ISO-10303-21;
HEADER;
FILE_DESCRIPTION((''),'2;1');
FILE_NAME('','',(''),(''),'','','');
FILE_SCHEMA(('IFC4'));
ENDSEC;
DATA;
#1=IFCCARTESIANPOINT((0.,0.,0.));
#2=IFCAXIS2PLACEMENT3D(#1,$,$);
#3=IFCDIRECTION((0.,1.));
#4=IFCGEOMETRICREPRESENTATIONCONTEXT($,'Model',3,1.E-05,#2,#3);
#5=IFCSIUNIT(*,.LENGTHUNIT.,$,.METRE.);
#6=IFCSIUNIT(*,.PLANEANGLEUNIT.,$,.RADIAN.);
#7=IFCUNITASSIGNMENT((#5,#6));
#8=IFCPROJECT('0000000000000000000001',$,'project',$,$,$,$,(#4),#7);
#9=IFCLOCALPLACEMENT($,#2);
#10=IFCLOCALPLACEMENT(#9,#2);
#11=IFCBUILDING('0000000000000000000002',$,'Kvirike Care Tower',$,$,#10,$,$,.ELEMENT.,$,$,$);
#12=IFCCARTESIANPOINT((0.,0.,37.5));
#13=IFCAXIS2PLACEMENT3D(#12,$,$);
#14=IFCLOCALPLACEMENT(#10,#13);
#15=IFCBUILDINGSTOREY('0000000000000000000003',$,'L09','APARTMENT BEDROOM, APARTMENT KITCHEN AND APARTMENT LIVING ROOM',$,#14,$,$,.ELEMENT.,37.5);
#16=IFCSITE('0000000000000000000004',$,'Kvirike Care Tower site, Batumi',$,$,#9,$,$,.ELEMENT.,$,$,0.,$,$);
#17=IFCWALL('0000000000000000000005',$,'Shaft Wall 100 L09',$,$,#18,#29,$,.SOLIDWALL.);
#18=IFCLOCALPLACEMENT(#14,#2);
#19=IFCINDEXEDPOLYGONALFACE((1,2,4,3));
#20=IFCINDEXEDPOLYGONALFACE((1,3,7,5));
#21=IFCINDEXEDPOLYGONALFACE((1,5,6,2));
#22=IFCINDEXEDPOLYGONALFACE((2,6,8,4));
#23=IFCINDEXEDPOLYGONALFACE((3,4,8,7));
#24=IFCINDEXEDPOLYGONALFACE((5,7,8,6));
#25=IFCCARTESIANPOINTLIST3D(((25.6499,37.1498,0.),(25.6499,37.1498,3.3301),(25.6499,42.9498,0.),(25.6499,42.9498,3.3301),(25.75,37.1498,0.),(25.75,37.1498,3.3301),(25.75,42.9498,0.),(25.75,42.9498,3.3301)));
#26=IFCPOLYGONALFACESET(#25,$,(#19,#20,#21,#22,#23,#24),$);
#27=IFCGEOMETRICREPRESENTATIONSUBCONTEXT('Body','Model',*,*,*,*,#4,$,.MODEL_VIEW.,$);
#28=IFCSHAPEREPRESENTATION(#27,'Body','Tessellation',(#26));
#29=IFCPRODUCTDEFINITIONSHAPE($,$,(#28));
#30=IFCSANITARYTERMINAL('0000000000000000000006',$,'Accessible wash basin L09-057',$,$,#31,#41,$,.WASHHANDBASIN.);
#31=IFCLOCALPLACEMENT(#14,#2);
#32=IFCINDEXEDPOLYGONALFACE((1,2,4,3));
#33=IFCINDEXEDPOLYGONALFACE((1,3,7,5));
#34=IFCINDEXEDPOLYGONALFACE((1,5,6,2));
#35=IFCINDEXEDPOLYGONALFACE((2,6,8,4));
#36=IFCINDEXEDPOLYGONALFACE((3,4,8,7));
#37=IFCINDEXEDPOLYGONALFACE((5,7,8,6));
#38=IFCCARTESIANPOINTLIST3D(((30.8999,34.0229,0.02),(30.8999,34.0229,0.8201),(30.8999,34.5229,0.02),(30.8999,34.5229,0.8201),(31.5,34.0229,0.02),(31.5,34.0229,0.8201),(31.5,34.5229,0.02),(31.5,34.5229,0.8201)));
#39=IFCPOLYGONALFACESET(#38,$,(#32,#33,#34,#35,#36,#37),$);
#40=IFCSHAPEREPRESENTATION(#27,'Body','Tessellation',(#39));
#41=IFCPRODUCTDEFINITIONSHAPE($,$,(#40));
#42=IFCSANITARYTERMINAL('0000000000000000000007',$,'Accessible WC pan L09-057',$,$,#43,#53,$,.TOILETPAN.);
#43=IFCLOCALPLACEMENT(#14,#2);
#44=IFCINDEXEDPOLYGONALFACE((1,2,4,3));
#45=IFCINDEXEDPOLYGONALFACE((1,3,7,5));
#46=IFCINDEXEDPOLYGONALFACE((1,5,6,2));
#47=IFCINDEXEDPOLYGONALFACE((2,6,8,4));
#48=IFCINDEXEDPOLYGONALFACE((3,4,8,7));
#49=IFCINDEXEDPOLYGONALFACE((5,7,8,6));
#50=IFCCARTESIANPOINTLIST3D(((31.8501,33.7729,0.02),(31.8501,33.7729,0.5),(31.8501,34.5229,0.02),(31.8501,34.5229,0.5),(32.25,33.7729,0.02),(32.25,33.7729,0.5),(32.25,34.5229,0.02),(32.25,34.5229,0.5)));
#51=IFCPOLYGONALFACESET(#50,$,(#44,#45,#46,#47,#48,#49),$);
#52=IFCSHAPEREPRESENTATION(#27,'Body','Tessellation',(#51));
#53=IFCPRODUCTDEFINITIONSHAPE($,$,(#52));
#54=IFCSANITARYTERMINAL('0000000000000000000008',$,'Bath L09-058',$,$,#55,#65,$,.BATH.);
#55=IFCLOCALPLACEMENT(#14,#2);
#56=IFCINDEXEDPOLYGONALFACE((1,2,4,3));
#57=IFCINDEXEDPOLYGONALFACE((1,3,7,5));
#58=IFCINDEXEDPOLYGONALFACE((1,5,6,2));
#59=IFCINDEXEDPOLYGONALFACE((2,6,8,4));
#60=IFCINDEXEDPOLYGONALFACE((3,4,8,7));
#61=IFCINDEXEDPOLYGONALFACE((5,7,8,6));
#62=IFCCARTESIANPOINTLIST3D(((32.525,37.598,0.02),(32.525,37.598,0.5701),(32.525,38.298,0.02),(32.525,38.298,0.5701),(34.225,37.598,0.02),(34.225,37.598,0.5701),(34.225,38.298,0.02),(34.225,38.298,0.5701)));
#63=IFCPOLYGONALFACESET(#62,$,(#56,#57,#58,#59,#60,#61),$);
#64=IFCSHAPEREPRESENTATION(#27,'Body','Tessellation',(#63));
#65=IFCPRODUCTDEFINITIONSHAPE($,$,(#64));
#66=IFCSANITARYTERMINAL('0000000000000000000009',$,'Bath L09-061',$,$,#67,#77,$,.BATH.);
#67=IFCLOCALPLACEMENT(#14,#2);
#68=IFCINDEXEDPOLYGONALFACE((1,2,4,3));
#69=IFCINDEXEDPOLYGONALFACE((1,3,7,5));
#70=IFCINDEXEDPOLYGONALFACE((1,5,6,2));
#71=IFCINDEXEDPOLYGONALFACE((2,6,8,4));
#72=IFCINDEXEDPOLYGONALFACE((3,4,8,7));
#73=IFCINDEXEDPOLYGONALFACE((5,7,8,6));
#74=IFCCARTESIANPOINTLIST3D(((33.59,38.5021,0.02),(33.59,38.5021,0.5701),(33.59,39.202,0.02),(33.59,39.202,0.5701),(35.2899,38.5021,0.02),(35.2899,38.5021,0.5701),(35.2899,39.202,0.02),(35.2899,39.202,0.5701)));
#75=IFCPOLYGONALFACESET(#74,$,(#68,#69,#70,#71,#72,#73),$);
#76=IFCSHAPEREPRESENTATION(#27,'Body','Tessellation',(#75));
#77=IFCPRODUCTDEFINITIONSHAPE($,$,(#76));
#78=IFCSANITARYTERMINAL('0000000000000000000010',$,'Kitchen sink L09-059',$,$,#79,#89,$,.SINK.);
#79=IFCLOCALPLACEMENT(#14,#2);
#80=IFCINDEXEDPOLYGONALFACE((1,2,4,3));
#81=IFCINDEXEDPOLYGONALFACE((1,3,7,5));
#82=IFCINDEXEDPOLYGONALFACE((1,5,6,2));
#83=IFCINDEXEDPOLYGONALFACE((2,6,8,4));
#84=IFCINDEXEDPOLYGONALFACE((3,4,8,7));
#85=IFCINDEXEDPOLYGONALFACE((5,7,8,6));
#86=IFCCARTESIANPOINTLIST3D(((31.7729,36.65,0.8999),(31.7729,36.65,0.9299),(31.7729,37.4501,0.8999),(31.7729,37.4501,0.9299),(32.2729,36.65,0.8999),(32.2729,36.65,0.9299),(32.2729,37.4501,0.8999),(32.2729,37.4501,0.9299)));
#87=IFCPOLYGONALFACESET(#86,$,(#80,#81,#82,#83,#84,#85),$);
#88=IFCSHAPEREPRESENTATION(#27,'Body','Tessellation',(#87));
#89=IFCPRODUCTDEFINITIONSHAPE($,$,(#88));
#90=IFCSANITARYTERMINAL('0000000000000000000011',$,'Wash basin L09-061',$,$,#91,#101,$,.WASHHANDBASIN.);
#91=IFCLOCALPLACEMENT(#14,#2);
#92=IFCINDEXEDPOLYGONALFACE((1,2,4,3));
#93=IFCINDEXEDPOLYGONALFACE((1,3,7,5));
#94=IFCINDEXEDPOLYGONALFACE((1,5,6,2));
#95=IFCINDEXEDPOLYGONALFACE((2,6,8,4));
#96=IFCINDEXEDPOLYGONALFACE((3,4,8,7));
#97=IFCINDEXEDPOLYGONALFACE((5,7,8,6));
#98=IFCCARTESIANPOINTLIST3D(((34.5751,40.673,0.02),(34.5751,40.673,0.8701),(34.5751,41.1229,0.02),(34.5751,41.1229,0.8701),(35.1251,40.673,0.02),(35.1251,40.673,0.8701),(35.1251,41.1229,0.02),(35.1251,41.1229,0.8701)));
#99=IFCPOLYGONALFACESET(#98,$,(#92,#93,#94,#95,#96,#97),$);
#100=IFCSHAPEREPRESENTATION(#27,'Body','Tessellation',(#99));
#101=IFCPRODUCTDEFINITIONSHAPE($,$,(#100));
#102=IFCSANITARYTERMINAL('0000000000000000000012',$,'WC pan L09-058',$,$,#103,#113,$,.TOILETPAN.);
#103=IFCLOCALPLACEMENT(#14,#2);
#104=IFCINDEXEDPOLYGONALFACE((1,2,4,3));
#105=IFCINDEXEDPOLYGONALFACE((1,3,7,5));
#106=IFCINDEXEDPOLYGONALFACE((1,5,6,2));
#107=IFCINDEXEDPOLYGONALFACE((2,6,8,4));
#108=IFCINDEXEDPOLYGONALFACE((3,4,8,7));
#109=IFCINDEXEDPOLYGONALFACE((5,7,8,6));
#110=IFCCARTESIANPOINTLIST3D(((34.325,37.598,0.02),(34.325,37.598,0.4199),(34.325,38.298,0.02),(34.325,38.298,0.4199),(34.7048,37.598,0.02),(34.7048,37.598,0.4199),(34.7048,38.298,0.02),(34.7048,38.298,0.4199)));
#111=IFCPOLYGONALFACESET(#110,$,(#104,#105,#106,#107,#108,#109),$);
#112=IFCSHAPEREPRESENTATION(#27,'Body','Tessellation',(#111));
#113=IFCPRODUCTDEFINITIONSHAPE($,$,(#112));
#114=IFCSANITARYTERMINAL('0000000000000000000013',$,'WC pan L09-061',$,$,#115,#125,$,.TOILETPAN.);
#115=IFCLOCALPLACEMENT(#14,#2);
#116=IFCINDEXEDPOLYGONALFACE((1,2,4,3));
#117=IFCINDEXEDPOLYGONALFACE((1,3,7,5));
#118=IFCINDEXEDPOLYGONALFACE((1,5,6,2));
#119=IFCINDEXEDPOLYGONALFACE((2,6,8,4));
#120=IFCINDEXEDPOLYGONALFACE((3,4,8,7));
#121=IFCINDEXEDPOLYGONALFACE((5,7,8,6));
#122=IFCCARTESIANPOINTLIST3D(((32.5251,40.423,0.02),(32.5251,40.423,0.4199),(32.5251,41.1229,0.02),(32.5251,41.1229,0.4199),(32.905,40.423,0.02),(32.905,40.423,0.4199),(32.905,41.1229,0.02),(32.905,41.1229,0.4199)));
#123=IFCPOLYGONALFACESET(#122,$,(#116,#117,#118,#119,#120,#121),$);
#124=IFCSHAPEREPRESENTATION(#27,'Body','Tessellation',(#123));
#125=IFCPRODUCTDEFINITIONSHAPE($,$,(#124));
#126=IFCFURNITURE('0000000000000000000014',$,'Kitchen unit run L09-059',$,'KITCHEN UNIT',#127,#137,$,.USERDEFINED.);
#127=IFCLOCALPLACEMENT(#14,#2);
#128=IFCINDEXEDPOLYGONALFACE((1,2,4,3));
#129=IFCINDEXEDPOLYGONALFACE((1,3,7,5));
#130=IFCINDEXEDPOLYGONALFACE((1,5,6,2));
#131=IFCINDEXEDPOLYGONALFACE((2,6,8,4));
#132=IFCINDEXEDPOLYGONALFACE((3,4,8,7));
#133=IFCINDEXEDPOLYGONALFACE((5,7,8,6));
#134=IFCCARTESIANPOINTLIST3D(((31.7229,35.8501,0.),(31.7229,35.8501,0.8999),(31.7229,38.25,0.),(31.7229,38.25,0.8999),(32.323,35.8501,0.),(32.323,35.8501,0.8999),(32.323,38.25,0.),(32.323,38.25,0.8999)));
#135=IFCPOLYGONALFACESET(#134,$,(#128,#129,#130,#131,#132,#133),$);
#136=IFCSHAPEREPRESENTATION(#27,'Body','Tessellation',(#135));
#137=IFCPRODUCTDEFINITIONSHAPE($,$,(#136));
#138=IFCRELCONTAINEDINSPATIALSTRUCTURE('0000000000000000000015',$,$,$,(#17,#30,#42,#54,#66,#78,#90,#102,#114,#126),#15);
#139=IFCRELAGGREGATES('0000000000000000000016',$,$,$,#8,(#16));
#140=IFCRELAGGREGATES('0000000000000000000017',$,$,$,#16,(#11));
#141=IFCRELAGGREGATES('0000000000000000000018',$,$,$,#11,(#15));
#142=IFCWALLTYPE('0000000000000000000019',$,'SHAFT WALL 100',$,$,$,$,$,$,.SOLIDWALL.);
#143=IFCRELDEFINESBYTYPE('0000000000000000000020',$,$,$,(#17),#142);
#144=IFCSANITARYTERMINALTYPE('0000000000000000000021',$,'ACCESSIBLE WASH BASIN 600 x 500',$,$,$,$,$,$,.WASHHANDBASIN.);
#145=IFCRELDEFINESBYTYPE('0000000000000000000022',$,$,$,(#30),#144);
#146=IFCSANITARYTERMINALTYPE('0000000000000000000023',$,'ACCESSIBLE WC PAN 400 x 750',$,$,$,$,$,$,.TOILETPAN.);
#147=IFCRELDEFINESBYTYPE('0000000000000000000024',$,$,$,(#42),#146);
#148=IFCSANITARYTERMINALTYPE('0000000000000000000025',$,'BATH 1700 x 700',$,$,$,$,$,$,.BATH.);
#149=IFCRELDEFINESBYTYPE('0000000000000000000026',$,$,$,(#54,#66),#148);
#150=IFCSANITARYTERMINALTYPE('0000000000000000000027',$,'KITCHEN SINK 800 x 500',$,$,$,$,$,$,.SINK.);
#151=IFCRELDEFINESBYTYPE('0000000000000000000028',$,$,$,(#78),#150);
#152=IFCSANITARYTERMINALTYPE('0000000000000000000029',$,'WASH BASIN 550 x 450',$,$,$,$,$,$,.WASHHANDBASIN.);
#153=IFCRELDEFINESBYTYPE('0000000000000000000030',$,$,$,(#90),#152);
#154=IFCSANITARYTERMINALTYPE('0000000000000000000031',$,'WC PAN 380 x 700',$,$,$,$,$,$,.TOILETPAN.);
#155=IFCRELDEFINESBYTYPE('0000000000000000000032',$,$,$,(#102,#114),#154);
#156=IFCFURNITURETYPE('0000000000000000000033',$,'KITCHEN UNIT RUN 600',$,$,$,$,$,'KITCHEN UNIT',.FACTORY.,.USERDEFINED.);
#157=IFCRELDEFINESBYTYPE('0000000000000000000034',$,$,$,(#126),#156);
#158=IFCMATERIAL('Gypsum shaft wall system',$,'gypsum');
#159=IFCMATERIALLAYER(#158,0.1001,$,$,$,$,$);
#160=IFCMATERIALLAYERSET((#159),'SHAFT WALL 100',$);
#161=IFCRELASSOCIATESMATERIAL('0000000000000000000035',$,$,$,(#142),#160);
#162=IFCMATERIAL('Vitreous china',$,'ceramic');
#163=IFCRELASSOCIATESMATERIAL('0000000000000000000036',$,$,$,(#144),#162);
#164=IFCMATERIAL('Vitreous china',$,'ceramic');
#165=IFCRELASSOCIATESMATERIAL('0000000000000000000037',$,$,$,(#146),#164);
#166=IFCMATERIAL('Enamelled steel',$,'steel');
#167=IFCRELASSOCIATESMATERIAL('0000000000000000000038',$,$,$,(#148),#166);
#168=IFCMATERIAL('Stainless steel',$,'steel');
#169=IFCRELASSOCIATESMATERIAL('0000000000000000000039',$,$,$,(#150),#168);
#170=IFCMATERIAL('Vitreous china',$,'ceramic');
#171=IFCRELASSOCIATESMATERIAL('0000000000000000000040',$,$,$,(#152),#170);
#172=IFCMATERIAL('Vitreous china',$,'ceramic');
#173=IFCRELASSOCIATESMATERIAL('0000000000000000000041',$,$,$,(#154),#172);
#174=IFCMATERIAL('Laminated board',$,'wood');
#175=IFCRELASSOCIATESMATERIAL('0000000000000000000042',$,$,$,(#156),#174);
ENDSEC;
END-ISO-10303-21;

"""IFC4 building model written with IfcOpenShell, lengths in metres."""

from ifc_helpers import new_model, si_unit, direction, frame, frame_2d, origin, origin_2d, place, context, subcontext, project, spatial, rectangle, extrude, material, layer, layer_set, type_object, element, save


model = new_model("IFC4")

# Units and contexts
model_context = context("Model", 3, precision=1e-05, world=origin(), true_north=direction((0.0, 1.0)))
body_context = subcontext(model_context, "Body", "Model", "MODEL_VIEW")
ifc_project = project(units=[si_unit("LENGTHUNIT", "METRE"), si_unit("PLANEANGLEUNIT", "RADIAN")], contexts=[model_context])

# Site, building, storey
site_placement = place(None, origin())
site = spatial("IfcSite", under=ifc_project, at=site_placement, Name="Kvirike Care Tower site, Batumi", CompositionType="ELEMENT", RefElevation=0.0)
building_placement = place(site_placement, origin())
building = spatial("IfcBuilding", under=site, at=building_placement, Name="Kvirike Care Tower", CompositionType="ELEMENT")
storey_placement = place(building_placement, frame((0.0, 0.0, 37.5)))
storey = spatial("IfcBuildingStorey", under=building, at=storey_placement, Name="L09", Description="APARTMENT BEDROOM, APARTMENT KITCHEN AND APARTMENT LIVING ROOM", CompositionType="ELEMENT", Elevation=37.5)

# Shared definitions
ifc_material_1 = material(Name="Gypsum shaft wall system", Category="gypsum")
ifc_layer_1 = layer(ifc_material_1, 0.1001)
ifc_layer_set_1 = layer_set([ifc_layer_1], Name="SHAFT WALL 100")
wall_type_1 = type_object("IfcWallType", Name="SHAFT WALL 100", PredefinedType="SOLIDWALL", material=ifc_layer_set_1)

# Wall
wall_1_placement = place(storey_placement, frame((25.7, 37.1499, 0.0), z_axis=(0.0, 0.0, 1.0), x_axis=(0.0, 1.0, 0.0)))
element("IfcWall", 1, at=wall_1_placement, inside=storey, type_object=wall_type_1, Name="Shaft Wall 100 L09", PredefinedType="SOLIDWALL", context=body_context, shape_type="SweptSolid", body=[
    extrude(rectangle(XDim=5.8, YDim=0.1001, at=frame_2d((2.8999, 0.0))), origin(), (0.0, 0.0, 1.0), 3.3301),
])

# Sanitary terminals
ifc_material_2 = material(Name="Vitreous china", Category="ceramic")
sanitary_terminal_type_1 = type_object("IfcSanitaryTerminalType", Name="ACCESSIBLE WASH BASIN 600 x 500", PredefinedType="WASHHANDBASIN", material=ifc_material_2)
sanitary_terminal_1_placement = place(storey_placement, frame((31.2, 34.2729, 0.02), z_axis=(0.0, 0.0, 1.0), x_axis=(1.0, 0.0, 0.0)))
element("IfcSanitaryTerminal", 2, at=sanitary_terminal_1_placement, inside=storey, type_object=sanitary_terminal_type_1, Name="Accessible wash basin L09-057", PredefinedType="WASHHANDBASIN", context=body_context, shape_type="SweptSolid", body=[
    extrude(rectangle(XDim=0.6001, YDim=0.5, at=origin_2d()), origin(), (0.0, 0.0, 1.0), 0.8),
])
ifc_material_3 = material(Name="Vitreous china", Category="ceramic")
sanitary_terminal_type_2 = type_object("IfcSanitaryTerminalType", Name="ACCESSIBLE WC PAN 400 x 750", PredefinedType="TOILETPAN", material=ifc_material_3)
sanitary_terminal_2_placement = place(storey_placement, frame((32.05, 34.1479, 0.02), z_axis=(0.0, 0.0, 1.0), x_axis=(1.0, 0.0, 0.0)))
element("IfcSanitaryTerminal", 3, at=sanitary_terminal_2_placement, inside=storey, type_object=sanitary_terminal_type_2, Name="Accessible WC pan L09-057", PredefinedType="TOILETPAN", context=body_context, shape_type="SweptSolid", body=[
    extrude(rectangle(XDim=0.3999, YDim=0.75, at=origin_2d()), origin(), (0.0, 0.0, 1.0), 0.48),
])
ifc_material_4 = material(Name="Enamelled steel", Category="steel")
sanitary_terminal_type_3 = type_object("IfcSanitaryTerminalType", Name="BATH 1700 x 700", PredefinedType="BATH", material=ifc_material_4)
for number, where, z_axis, x_axis, name in (
    (4, (33.375, 37.948, 0.02), (0.0, 0.0, 1.0), (1.0, 0.0, 0.0), "Bath L09-058"),
    (5, (34.4399, 38.8521, 0.02), (0.0, 0.0, 1.0), (-1.0, 0.0, 0.0), "Bath L09-061"),
):
    element("IfcSanitaryTerminal", number, at=place(storey_placement, frame(where, z_axis=z_axis, x_axis=x_axis)), inside=storey, type_object=sanitary_terminal_type_3, Name=name, PredefinedType="BATH", context=body_context, shape_type="SweptSolid", body=[
        extrude(rectangle(XDim=1.7, YDim=0.7, at=origin_2d()), origin(), (0.0, 0.0, 1.0), 0.55),
    ])
ifc_material_5 = material(Name="Stainless steel", Category="steel")
sanitary_terminal_type_4 = type_object("IfcSanitaryTerminalType", Name="KITCHEN SINK 800 x 500", PredefinedType="SINK", material=ifc_material_5)
sanitary_terminal_3_placement = place(storey_placement, frame((32.0229, 37.05, 0.8999), z_axis=(0.0, 0.0, 1.0), x_axis=(0.0, -1.0, 0.0)))
element("IfcSanitaryTerminal", 6, at=sanitary_terminal_3_placement, inside=storey, type_object=sanitary_terminal_type_4, Name="Kitchen sink L09-059", PredefinedType="SINK", context=body_context, shape_type="SweptSolid", body=[
    extrude(rectangle(XDim=0.8, YDim=0.5, at=origin_2d()), origin(), (0.0, 0.0, 1.0), 0.03),
])
ifc_material_6 = material(Name="Vitreous china", Category="ceramic")
sanitary_terminal_type_5 = type_object("IfcSanitaryTerminalType", Name="WASH BASIN 550 x 450", PredefinedType="WASHHANDBASIN", material=ifc_material_6)
sanitary_terminal_4_placement = place(storey_placement, frame((34.8501, 40.8979, 0.02), z_axis=(0.0, 0.0, 1.0), x_axis=(1.0, 0.0, 0.0)))
element("IfcSanitaryTerminal", 7, at=sanitary_terminal_4_placement, inside=storey, type_object=sanitary_terminal_type_5, Name="Wash basin L09-061", PredefinedType="WASHHANDBASIN", context=body_context, shape_type="SweptSolid", body=[
    extrude(rectangle(XDim=0.55, YDim=0.45, at=origin_2d()), origin(), (0.0, 0.0, 1.0), 0.8501),
])
ifc_material_7 = material(Name="Vitreous china", Category="ceramic")
sanitary_terminal_type_6 = type_object("IfcSanitaryTerminalType", Name="WC PAN 380 x 700", PredefinedType="TOILETPAN", material=ifc_material_7)
for number, where, z_axis, x_axis, name in (
    (8, (34.5149, 37.948, 0.02), (0.0, 0.0, 1.0), (1.0, 0.0, 0.0), "WC pan L09-058"),
    (9, (32.7151, 40.7729, 0.02), (0.0, 0.0, 1.0), (1.0, 0.0, 0.0), "WC pan L09-061"),
):
    element("IfcSanitaryTerminal", number, at=place(storey_placement, frame(where, z_axis=z_axis, x_axis=x_axis)), inside=storey, type_object=sanitary_terminal_type_6, Name=name, PredefinedType="TOILETPAN", context=body_context, shape_type="SweptSolid", body=[
        extrude(rectangle(XDim=0.3799, YDim=0.7, at=origin_2d()), origin(), (0.0, 0.0, 1.0), 0.3999),
    ])

# Furniture
ifc_material_8 = material(Name="Laminated board", Category="wood")
furniture_type = type_object("IfcFurnitureType", Name="KITCHEN UNIT RUN 600", ElementType="KITCHEN UNIT", AssemblyPlace="FACTORY", PredefinedType="USERDEFINED", material=ifc_material_8)
furniture_placement = place(storey_placement, frame((32.0229, 37.05, 0.0), z_axis=(0.0, 0.0, 1.0), x_axis=(0.0, -1.0, 0.0)))
element("IfcFurniture", 10, at=furniture_placement, inside=storey, type_object=furniture_type, Name="Kitchen unit run L09-059", ObjectType="KITCHEN UNIT", PredefinedType="USERDEFINED", context=body_context, shape_type="SweptSolid", body=[
    extrude(rectangle(XDim=2.3999, YDim=0.6001, at=origin_2d()), origin(), (0.0, 0.0, 1.0), 0.8999),
])

save(model, "model.ifc")
